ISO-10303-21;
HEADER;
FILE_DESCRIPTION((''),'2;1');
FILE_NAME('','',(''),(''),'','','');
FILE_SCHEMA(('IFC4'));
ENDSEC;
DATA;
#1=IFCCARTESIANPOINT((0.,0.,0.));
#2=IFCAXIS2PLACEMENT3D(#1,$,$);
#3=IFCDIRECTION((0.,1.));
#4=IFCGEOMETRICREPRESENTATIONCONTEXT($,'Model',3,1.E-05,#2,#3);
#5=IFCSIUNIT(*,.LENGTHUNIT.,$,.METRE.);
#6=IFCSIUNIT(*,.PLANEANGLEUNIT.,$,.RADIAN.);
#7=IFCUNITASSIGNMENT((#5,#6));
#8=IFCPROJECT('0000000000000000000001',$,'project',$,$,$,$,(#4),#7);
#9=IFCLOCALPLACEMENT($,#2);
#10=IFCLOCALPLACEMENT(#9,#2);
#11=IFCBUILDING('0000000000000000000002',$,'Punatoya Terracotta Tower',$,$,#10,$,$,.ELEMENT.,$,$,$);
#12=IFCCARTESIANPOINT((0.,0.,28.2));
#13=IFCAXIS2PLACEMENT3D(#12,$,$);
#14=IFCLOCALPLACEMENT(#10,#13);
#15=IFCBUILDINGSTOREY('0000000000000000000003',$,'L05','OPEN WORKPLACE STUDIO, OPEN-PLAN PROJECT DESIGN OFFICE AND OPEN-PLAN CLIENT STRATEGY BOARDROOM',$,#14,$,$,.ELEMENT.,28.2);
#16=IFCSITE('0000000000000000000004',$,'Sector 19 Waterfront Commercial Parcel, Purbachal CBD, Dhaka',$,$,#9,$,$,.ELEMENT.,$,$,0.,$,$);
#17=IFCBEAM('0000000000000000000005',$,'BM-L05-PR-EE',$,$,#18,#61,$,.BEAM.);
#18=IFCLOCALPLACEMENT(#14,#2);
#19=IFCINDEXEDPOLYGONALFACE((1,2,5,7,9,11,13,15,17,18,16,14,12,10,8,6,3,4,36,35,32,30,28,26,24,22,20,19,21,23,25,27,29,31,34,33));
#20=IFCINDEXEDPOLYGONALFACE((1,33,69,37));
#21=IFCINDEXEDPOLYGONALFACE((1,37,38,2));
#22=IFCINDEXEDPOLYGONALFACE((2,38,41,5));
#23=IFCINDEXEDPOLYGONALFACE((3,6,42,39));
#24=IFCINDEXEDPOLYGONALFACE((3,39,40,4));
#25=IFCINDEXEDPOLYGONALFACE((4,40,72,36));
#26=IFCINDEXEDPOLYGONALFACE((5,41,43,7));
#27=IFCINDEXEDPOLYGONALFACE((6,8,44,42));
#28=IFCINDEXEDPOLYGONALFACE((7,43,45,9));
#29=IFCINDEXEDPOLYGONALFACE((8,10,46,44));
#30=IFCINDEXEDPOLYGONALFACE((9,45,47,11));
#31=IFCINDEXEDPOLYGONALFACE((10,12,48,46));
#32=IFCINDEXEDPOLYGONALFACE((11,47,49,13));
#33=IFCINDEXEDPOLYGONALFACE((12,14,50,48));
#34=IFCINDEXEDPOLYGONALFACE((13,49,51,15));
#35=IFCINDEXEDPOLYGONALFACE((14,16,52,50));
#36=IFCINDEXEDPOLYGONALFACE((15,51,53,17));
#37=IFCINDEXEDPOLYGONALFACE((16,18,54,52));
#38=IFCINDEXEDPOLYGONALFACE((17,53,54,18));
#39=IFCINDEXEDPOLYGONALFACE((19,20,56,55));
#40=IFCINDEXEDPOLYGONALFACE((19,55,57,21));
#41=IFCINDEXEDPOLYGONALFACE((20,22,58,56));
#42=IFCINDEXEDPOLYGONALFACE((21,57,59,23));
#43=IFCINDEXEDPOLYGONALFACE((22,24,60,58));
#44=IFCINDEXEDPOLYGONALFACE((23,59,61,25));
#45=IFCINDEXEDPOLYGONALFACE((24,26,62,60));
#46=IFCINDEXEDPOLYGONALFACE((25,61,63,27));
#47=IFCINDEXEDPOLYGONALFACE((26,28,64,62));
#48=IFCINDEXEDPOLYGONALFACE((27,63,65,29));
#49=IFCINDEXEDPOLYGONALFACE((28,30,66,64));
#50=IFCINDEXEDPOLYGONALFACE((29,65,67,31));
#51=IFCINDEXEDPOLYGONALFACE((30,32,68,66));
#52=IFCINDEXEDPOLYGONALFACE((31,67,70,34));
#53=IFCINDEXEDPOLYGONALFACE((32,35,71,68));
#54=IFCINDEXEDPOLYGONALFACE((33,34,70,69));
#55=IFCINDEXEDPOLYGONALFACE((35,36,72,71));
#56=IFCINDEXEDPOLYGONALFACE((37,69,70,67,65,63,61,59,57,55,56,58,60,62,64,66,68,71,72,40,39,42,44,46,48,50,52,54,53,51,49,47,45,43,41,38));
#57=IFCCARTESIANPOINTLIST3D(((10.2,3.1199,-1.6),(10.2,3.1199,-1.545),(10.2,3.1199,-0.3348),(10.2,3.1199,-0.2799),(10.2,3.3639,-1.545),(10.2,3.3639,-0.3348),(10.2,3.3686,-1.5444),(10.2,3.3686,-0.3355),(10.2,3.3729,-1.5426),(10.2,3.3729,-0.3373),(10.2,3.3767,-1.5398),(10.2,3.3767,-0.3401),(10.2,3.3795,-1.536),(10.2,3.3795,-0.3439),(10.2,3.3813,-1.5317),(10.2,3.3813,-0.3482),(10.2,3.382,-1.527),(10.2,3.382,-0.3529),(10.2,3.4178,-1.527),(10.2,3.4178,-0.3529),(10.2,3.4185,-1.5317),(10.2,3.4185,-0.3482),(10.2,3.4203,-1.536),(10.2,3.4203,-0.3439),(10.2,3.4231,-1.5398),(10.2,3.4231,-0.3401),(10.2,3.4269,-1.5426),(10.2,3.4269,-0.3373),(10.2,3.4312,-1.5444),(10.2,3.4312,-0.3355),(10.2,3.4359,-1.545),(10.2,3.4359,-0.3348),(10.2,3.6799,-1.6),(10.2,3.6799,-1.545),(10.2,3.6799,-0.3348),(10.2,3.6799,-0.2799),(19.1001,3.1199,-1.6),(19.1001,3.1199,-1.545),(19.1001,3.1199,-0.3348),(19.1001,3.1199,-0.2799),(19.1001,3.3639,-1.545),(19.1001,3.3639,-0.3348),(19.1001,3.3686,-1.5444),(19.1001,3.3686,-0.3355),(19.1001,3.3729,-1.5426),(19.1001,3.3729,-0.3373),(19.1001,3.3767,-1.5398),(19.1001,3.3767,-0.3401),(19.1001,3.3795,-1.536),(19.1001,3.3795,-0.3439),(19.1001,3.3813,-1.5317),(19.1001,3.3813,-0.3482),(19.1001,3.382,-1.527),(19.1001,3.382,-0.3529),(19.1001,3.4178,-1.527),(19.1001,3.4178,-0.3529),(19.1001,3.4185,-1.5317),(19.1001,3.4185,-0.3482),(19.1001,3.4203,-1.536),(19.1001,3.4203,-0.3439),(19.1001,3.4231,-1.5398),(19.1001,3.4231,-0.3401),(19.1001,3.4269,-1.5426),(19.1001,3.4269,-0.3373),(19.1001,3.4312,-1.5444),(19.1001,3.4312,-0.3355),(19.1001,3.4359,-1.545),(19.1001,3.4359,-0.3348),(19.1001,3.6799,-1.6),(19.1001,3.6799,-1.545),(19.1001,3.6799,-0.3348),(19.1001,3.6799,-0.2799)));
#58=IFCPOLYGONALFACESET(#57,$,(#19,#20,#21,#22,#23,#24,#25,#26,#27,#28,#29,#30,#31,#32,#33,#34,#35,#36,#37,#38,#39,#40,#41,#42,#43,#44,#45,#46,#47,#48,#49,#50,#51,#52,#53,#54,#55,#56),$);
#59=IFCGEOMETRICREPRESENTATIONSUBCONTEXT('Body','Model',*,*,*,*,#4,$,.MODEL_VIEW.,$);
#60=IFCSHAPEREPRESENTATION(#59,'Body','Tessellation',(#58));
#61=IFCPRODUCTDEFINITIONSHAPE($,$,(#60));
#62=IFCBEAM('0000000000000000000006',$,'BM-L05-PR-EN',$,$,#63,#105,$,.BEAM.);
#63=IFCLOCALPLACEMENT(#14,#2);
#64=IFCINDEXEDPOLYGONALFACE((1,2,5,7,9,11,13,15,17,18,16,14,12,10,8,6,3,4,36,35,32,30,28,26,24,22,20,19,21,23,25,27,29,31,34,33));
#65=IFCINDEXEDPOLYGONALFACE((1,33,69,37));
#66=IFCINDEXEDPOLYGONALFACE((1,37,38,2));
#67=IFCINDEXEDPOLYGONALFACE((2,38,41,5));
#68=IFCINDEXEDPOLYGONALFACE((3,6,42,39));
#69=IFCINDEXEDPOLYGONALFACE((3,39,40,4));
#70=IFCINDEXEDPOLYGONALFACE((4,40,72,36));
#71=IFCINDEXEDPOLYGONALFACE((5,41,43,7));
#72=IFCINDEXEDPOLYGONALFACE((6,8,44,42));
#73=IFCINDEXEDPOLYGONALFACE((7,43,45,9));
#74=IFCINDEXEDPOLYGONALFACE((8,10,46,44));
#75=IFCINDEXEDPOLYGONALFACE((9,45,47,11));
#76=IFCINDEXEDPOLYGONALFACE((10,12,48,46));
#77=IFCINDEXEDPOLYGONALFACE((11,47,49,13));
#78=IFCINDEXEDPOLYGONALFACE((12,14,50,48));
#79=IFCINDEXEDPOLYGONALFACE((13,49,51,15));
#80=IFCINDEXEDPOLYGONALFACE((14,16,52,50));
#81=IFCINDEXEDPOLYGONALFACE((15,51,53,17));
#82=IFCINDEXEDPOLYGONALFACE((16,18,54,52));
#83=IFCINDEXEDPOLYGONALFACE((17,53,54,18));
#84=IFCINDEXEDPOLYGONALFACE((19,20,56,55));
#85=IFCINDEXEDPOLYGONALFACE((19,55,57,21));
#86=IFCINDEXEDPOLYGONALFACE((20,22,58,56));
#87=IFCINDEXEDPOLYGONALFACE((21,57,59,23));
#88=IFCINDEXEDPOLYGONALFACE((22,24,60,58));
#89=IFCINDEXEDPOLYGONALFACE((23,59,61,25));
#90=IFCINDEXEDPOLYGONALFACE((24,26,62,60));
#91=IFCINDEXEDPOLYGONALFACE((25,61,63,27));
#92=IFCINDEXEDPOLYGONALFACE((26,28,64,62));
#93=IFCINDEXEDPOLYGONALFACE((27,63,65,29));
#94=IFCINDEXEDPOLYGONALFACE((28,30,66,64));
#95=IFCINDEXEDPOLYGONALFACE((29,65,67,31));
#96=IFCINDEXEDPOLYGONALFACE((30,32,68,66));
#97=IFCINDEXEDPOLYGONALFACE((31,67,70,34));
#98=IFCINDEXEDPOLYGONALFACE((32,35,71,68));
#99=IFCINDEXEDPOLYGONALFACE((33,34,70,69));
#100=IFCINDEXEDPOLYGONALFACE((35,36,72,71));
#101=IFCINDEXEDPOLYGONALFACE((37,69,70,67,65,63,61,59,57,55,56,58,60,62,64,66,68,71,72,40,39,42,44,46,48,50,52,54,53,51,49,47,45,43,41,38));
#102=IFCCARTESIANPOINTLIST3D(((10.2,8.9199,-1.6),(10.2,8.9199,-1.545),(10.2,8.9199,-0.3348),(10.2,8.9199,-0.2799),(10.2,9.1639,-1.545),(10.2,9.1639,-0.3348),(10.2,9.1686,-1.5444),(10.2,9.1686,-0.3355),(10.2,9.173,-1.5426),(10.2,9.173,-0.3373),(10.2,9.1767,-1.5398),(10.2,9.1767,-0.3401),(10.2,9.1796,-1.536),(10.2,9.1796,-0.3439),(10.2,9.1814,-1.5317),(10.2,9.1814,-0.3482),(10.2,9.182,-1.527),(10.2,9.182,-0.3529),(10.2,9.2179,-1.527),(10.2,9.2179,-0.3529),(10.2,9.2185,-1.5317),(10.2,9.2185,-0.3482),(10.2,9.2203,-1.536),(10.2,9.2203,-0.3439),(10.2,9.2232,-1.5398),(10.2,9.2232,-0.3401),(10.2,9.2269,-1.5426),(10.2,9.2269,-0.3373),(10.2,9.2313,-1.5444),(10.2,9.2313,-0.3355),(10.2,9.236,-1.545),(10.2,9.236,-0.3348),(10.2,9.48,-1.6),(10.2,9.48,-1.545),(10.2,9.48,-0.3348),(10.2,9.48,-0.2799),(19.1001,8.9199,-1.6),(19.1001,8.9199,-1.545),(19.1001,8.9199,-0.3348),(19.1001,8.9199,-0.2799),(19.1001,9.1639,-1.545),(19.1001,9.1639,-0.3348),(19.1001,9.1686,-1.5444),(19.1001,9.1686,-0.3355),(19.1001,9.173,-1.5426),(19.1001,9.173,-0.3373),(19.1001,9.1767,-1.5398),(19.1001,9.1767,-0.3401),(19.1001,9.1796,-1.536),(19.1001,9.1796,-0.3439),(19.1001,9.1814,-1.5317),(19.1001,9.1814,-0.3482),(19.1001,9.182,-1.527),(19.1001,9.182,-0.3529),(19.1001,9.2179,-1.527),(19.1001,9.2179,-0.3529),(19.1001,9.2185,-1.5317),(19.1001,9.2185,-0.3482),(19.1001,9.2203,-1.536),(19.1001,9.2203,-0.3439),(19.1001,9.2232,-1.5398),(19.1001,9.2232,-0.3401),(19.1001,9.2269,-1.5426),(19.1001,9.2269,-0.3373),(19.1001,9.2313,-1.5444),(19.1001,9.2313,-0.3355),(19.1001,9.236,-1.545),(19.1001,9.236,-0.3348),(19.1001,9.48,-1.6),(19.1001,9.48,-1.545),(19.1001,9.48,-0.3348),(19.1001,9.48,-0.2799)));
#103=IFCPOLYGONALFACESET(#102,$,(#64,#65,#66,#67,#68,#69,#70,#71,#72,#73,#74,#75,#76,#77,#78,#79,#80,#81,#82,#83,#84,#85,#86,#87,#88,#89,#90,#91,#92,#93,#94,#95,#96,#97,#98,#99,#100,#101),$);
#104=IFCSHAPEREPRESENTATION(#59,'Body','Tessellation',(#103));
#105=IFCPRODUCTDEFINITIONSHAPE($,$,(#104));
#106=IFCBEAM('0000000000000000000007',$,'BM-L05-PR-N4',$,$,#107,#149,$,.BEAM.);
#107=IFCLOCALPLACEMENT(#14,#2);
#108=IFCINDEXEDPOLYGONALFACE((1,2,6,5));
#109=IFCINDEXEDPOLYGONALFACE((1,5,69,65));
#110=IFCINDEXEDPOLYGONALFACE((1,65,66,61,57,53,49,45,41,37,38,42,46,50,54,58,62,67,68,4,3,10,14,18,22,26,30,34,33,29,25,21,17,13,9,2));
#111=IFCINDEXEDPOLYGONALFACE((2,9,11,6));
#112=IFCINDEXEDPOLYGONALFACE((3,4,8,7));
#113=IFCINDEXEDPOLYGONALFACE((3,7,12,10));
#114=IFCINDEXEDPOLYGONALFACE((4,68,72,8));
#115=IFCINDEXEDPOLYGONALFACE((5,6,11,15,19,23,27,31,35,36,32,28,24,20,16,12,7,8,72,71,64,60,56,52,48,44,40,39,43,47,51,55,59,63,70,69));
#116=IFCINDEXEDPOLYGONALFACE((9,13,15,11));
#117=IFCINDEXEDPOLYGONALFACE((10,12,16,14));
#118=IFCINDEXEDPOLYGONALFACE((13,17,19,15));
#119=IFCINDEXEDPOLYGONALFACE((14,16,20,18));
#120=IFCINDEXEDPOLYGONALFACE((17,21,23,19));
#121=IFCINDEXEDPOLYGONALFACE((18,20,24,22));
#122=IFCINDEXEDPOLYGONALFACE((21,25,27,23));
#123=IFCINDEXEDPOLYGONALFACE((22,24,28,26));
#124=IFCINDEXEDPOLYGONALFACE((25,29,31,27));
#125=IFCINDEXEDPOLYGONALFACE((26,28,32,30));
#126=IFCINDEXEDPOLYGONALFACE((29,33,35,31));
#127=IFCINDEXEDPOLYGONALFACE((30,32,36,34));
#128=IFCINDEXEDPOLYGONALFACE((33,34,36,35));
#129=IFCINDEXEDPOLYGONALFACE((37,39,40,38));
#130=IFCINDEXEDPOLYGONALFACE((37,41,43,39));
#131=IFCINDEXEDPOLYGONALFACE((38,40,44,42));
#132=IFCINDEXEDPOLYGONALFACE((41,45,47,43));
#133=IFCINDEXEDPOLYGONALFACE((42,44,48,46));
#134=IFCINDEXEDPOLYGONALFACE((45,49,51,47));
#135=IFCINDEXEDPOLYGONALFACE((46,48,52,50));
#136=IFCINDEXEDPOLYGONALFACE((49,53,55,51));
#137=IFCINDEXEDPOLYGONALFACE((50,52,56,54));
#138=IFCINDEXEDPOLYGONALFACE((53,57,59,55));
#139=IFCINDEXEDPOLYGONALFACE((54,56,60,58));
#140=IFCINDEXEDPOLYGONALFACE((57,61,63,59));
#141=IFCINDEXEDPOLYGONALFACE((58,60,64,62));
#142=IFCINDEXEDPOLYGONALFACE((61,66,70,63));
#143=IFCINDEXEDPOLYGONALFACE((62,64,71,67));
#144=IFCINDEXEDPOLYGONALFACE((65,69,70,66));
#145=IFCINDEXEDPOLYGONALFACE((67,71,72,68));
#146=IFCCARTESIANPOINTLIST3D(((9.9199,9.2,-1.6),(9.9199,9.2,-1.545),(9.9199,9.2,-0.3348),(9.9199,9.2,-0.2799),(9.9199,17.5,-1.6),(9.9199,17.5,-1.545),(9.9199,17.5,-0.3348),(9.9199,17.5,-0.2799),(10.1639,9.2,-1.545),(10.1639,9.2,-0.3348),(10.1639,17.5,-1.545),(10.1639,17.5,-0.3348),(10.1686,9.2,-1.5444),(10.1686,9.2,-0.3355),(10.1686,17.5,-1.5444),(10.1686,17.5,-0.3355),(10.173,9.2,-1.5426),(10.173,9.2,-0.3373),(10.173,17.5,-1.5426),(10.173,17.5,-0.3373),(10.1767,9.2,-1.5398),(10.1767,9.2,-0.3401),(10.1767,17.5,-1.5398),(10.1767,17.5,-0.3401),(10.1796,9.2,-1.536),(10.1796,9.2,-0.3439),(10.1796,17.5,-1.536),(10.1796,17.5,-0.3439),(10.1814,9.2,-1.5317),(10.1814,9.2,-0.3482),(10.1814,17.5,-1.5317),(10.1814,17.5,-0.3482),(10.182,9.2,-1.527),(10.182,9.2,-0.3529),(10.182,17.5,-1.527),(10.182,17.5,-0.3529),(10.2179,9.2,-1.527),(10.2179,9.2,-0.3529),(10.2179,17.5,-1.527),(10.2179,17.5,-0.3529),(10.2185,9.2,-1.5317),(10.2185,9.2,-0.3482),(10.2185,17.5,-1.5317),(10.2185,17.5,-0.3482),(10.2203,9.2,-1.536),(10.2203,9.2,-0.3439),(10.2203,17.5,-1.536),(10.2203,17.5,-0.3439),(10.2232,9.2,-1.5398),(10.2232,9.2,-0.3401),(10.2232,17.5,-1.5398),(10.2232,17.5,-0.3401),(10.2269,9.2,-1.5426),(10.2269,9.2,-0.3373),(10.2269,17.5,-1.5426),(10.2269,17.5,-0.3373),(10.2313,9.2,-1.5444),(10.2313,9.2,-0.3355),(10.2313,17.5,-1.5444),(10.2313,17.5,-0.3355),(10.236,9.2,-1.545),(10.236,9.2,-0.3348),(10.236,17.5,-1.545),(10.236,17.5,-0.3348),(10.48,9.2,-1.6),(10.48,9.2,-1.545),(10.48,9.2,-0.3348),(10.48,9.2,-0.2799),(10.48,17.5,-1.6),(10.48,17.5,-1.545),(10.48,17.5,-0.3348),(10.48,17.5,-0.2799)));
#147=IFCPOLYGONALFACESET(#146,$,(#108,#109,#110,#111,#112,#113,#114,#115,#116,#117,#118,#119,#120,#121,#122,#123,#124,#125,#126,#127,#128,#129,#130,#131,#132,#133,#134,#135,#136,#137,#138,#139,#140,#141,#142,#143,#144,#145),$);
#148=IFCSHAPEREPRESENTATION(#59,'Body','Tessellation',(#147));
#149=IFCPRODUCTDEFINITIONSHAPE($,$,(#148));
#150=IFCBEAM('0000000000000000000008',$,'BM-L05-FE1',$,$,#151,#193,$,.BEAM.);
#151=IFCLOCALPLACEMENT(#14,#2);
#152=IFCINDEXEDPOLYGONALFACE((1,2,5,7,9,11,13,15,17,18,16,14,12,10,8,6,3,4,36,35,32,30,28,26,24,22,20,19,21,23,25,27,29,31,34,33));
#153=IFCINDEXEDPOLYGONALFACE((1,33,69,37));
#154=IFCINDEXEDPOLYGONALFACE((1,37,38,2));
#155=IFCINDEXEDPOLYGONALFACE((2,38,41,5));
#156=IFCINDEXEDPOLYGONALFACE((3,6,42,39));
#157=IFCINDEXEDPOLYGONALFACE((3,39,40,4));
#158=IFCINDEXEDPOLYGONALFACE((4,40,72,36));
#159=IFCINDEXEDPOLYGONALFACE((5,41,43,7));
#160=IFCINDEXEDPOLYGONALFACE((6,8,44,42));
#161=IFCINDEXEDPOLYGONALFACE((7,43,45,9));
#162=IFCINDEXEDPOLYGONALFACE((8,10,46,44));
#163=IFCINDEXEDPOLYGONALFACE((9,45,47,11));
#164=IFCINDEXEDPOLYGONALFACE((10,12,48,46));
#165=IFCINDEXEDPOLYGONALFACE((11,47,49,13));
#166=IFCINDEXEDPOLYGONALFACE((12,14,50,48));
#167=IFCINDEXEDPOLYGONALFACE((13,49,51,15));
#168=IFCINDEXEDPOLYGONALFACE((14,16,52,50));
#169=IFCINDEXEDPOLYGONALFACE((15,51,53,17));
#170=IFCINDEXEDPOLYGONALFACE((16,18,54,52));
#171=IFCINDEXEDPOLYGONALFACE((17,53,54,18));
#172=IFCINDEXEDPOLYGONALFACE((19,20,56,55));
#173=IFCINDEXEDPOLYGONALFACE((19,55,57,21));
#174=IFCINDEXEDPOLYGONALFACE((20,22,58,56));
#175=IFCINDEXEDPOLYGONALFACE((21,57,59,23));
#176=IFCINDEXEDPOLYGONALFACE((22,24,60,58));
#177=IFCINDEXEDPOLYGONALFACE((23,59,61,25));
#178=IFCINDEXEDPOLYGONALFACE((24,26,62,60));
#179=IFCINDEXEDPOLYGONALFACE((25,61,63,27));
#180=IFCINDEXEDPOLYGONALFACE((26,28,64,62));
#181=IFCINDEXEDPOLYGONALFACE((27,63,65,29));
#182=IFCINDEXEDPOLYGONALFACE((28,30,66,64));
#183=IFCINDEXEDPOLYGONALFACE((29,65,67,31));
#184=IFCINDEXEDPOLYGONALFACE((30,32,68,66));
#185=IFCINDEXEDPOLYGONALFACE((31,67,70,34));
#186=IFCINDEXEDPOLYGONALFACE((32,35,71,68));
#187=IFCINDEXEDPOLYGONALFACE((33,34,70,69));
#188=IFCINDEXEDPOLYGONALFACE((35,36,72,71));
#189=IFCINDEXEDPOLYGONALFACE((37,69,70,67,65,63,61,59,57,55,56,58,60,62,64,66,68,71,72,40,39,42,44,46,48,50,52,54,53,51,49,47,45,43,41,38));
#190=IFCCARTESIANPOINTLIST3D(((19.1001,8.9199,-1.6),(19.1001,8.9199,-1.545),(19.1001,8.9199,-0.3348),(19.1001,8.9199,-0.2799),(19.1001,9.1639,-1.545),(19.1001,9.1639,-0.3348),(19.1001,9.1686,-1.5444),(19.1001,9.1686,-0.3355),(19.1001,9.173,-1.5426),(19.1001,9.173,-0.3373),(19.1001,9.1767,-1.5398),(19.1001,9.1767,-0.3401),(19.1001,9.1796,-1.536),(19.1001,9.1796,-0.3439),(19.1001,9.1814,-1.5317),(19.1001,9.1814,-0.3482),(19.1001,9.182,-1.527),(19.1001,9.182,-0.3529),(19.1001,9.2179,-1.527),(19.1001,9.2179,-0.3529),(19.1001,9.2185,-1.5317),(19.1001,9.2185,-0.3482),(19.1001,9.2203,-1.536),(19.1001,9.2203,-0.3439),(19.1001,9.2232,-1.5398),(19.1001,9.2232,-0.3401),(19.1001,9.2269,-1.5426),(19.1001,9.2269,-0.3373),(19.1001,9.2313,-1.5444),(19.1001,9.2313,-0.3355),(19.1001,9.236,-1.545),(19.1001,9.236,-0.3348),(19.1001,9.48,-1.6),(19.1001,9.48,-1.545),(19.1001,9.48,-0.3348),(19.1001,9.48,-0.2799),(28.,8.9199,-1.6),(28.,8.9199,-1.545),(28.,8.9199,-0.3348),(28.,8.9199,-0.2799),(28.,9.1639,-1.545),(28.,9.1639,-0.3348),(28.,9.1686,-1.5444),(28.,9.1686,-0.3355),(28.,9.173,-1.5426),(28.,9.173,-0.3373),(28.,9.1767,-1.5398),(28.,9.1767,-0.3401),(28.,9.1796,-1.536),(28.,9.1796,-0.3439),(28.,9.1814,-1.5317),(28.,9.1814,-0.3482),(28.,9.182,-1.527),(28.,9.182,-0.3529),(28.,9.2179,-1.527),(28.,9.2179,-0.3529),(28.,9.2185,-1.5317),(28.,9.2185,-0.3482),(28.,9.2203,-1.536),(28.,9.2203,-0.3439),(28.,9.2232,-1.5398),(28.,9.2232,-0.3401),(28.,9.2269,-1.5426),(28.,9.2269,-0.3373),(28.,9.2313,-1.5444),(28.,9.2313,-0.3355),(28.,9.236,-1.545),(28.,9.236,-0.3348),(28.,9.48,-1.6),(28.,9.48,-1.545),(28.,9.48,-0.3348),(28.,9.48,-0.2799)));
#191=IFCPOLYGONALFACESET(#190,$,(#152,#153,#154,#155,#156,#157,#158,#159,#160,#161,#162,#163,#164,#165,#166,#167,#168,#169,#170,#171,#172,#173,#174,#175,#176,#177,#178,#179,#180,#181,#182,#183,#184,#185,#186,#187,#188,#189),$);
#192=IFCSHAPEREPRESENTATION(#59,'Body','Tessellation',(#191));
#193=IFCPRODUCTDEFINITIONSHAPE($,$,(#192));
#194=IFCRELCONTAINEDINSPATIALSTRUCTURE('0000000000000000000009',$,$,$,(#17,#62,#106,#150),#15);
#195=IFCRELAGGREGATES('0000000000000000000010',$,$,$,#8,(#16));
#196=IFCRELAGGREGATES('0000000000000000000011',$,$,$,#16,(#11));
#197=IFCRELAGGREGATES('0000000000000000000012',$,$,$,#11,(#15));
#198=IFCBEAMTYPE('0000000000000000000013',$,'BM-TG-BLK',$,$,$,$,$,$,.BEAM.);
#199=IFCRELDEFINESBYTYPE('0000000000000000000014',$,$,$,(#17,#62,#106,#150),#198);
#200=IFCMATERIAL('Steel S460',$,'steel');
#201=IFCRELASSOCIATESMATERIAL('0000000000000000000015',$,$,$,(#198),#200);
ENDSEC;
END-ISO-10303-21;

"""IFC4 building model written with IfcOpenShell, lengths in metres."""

from ifc_helpers import new_model, si_unit, direction, frame, origin, origin_2d, place, context, subcontext, project, spatial, i_section, extrude, material, material_profile, profile_set, type_object, element, save


model = new_model("IFC4")

# Units and contexts
model_context = context("Model", 3, precision=1e-05, world=origin(), true_north=direction((0.0, 1.0)))
body_context = subcontext(model_context, "Body", "Model", "MODEL_VIEW")
ifc_project = project(units=[si_unit("LENGTHUNIT", "METRE"), si_unit("PLANEANGLEUNIT", "RADIAN")], contexts=[model_context])

# Site, building, storey
site_placement = place(None, origin())
site = spatial("IfcSite", under=ifc_project, at=site_placement, Name="Sector 19 Waterfront Commercial Parcel, Purbachal CBD, Dhaka", CompositionType="ELEMENT", RefElevation=0.0)
building_placement = place(site_placement, origin())
building = spatial("IfcBuilding", under=site, at=building_placement, Name="Punatoya Terracotta Tower", CompositionType="ELEMENT")
storey_placement = place(building_placement, frame((0.0, 0.0, 28.2)))
storey = spatial("IfcBuildingStorey", under=building, at=storey_placement, Name="L05", Description="OPEN WORKPLACE STUDIO, OPEN-PLAN PROJECT DESIGN OFFICE AND OPEN-PLAN CLIENT STRATEGY BOARDROOM", CompositionType="ELEMENT", Elevation=28.2)

# Shared definitions
ifc_material_1 = material(Name="Steel S460", Category="steel")

# Beams
ifc_material_profile_1 = material_profile(ifc_material_1, i_section(OverallWidth=0.5601, OverallDepth=1.3201, WebThickness=0.0359, FlangeThickness=0.0549, FilletRadius=0.0181, at=origin_2d()))
ifc_profile_set_1 = profile_set([ifc_material_profile_1], Name="Steel S460")
beam_type_1 = type_object("IfcBeamType", Name="BM-TG-BLK", PredefinedType="BEAM", material=ifc_profile_set_1)
for number, where, z_axis, x_axis, name in (
    (1, (10.2, 3.3999, -0.9399), (1.0, 0.0, 0.0), (0.0, 1.0, 0.0), "BM-L05-PR-EE"),
    (2, (10.2, 9.2, -0.9399), (1.0, 0.0, 0.0), (0.0, 1.0, 0.0), "BM-L05-PR-EN"),
):
    element("IfcBeam", number, at=place(storey_placement, frame(where, z_axis=z_axis, x_axis=x_axis)), inside=storey, type_object=beam_type_1, Name=name, PredefinedType="BEAM", context=body_context, shape_type="SweptSolid", body=[
        extrude(i_section(OverallWidth=0.5601, OverallDepth=1.3201, WebThickness=0.0359, FlangeThickness=0.0549, FilletRadius=0.0181, at=origin_2d()), origin(), (0.0, 0.0, 1.0), 8.9001),
    ])
beam_1_placement = place(storey_placement, frame((10.2, 9.2, -0.9399), z_axis=(0.0, 1.0, 0.0), x_axis=(-1.0, 0.0, 0.0)))
element("IfcBeam", 3, at=beam_1_placement, inside=storey, type_object=beam_type_1, Name="BM-L05-PR-N4", PredefinedType="BEAM", context=body_context, shape_type="SweptSolid", body=[
    extrude(i_section(OverallWidth=0.5601, OverallDepth=1.3201, WebThickness=0.0359, FlangeThickness=0.0549, FilletRadius=0.0181, at=origin_2d()), origin(), (0.0, 0.0, 1.0), 8.3),
])
for number, where, z_axis, x_axis, name in (
    (4, (19.1001, 9.2, -0.9399), (1.0, 0.0, 0.0), (0.0, 1.0, 0.0), "BM-L05-FE1"),
):
    element("IfcBeam", number, at=place(storey_placement, frame(where, z_axis=z_axis, x_axis=x_axis)), inside=storey, type_object=beam_type_1, Name=name, PredefinedType="BEAM", context=body_context, shape_type="SweptSolid", body=[
        extrude(i_section(OverallWidth=0.5601, OverallDepth=1.3201, WebThickness=0.0359, FlangeThickness=0.0549, FilletRadius=0.0181, at=origin_2d()), origin(), (0.0, 0.0, 1.0), 8.8999),
    ])

save(model, "model.ifc")
